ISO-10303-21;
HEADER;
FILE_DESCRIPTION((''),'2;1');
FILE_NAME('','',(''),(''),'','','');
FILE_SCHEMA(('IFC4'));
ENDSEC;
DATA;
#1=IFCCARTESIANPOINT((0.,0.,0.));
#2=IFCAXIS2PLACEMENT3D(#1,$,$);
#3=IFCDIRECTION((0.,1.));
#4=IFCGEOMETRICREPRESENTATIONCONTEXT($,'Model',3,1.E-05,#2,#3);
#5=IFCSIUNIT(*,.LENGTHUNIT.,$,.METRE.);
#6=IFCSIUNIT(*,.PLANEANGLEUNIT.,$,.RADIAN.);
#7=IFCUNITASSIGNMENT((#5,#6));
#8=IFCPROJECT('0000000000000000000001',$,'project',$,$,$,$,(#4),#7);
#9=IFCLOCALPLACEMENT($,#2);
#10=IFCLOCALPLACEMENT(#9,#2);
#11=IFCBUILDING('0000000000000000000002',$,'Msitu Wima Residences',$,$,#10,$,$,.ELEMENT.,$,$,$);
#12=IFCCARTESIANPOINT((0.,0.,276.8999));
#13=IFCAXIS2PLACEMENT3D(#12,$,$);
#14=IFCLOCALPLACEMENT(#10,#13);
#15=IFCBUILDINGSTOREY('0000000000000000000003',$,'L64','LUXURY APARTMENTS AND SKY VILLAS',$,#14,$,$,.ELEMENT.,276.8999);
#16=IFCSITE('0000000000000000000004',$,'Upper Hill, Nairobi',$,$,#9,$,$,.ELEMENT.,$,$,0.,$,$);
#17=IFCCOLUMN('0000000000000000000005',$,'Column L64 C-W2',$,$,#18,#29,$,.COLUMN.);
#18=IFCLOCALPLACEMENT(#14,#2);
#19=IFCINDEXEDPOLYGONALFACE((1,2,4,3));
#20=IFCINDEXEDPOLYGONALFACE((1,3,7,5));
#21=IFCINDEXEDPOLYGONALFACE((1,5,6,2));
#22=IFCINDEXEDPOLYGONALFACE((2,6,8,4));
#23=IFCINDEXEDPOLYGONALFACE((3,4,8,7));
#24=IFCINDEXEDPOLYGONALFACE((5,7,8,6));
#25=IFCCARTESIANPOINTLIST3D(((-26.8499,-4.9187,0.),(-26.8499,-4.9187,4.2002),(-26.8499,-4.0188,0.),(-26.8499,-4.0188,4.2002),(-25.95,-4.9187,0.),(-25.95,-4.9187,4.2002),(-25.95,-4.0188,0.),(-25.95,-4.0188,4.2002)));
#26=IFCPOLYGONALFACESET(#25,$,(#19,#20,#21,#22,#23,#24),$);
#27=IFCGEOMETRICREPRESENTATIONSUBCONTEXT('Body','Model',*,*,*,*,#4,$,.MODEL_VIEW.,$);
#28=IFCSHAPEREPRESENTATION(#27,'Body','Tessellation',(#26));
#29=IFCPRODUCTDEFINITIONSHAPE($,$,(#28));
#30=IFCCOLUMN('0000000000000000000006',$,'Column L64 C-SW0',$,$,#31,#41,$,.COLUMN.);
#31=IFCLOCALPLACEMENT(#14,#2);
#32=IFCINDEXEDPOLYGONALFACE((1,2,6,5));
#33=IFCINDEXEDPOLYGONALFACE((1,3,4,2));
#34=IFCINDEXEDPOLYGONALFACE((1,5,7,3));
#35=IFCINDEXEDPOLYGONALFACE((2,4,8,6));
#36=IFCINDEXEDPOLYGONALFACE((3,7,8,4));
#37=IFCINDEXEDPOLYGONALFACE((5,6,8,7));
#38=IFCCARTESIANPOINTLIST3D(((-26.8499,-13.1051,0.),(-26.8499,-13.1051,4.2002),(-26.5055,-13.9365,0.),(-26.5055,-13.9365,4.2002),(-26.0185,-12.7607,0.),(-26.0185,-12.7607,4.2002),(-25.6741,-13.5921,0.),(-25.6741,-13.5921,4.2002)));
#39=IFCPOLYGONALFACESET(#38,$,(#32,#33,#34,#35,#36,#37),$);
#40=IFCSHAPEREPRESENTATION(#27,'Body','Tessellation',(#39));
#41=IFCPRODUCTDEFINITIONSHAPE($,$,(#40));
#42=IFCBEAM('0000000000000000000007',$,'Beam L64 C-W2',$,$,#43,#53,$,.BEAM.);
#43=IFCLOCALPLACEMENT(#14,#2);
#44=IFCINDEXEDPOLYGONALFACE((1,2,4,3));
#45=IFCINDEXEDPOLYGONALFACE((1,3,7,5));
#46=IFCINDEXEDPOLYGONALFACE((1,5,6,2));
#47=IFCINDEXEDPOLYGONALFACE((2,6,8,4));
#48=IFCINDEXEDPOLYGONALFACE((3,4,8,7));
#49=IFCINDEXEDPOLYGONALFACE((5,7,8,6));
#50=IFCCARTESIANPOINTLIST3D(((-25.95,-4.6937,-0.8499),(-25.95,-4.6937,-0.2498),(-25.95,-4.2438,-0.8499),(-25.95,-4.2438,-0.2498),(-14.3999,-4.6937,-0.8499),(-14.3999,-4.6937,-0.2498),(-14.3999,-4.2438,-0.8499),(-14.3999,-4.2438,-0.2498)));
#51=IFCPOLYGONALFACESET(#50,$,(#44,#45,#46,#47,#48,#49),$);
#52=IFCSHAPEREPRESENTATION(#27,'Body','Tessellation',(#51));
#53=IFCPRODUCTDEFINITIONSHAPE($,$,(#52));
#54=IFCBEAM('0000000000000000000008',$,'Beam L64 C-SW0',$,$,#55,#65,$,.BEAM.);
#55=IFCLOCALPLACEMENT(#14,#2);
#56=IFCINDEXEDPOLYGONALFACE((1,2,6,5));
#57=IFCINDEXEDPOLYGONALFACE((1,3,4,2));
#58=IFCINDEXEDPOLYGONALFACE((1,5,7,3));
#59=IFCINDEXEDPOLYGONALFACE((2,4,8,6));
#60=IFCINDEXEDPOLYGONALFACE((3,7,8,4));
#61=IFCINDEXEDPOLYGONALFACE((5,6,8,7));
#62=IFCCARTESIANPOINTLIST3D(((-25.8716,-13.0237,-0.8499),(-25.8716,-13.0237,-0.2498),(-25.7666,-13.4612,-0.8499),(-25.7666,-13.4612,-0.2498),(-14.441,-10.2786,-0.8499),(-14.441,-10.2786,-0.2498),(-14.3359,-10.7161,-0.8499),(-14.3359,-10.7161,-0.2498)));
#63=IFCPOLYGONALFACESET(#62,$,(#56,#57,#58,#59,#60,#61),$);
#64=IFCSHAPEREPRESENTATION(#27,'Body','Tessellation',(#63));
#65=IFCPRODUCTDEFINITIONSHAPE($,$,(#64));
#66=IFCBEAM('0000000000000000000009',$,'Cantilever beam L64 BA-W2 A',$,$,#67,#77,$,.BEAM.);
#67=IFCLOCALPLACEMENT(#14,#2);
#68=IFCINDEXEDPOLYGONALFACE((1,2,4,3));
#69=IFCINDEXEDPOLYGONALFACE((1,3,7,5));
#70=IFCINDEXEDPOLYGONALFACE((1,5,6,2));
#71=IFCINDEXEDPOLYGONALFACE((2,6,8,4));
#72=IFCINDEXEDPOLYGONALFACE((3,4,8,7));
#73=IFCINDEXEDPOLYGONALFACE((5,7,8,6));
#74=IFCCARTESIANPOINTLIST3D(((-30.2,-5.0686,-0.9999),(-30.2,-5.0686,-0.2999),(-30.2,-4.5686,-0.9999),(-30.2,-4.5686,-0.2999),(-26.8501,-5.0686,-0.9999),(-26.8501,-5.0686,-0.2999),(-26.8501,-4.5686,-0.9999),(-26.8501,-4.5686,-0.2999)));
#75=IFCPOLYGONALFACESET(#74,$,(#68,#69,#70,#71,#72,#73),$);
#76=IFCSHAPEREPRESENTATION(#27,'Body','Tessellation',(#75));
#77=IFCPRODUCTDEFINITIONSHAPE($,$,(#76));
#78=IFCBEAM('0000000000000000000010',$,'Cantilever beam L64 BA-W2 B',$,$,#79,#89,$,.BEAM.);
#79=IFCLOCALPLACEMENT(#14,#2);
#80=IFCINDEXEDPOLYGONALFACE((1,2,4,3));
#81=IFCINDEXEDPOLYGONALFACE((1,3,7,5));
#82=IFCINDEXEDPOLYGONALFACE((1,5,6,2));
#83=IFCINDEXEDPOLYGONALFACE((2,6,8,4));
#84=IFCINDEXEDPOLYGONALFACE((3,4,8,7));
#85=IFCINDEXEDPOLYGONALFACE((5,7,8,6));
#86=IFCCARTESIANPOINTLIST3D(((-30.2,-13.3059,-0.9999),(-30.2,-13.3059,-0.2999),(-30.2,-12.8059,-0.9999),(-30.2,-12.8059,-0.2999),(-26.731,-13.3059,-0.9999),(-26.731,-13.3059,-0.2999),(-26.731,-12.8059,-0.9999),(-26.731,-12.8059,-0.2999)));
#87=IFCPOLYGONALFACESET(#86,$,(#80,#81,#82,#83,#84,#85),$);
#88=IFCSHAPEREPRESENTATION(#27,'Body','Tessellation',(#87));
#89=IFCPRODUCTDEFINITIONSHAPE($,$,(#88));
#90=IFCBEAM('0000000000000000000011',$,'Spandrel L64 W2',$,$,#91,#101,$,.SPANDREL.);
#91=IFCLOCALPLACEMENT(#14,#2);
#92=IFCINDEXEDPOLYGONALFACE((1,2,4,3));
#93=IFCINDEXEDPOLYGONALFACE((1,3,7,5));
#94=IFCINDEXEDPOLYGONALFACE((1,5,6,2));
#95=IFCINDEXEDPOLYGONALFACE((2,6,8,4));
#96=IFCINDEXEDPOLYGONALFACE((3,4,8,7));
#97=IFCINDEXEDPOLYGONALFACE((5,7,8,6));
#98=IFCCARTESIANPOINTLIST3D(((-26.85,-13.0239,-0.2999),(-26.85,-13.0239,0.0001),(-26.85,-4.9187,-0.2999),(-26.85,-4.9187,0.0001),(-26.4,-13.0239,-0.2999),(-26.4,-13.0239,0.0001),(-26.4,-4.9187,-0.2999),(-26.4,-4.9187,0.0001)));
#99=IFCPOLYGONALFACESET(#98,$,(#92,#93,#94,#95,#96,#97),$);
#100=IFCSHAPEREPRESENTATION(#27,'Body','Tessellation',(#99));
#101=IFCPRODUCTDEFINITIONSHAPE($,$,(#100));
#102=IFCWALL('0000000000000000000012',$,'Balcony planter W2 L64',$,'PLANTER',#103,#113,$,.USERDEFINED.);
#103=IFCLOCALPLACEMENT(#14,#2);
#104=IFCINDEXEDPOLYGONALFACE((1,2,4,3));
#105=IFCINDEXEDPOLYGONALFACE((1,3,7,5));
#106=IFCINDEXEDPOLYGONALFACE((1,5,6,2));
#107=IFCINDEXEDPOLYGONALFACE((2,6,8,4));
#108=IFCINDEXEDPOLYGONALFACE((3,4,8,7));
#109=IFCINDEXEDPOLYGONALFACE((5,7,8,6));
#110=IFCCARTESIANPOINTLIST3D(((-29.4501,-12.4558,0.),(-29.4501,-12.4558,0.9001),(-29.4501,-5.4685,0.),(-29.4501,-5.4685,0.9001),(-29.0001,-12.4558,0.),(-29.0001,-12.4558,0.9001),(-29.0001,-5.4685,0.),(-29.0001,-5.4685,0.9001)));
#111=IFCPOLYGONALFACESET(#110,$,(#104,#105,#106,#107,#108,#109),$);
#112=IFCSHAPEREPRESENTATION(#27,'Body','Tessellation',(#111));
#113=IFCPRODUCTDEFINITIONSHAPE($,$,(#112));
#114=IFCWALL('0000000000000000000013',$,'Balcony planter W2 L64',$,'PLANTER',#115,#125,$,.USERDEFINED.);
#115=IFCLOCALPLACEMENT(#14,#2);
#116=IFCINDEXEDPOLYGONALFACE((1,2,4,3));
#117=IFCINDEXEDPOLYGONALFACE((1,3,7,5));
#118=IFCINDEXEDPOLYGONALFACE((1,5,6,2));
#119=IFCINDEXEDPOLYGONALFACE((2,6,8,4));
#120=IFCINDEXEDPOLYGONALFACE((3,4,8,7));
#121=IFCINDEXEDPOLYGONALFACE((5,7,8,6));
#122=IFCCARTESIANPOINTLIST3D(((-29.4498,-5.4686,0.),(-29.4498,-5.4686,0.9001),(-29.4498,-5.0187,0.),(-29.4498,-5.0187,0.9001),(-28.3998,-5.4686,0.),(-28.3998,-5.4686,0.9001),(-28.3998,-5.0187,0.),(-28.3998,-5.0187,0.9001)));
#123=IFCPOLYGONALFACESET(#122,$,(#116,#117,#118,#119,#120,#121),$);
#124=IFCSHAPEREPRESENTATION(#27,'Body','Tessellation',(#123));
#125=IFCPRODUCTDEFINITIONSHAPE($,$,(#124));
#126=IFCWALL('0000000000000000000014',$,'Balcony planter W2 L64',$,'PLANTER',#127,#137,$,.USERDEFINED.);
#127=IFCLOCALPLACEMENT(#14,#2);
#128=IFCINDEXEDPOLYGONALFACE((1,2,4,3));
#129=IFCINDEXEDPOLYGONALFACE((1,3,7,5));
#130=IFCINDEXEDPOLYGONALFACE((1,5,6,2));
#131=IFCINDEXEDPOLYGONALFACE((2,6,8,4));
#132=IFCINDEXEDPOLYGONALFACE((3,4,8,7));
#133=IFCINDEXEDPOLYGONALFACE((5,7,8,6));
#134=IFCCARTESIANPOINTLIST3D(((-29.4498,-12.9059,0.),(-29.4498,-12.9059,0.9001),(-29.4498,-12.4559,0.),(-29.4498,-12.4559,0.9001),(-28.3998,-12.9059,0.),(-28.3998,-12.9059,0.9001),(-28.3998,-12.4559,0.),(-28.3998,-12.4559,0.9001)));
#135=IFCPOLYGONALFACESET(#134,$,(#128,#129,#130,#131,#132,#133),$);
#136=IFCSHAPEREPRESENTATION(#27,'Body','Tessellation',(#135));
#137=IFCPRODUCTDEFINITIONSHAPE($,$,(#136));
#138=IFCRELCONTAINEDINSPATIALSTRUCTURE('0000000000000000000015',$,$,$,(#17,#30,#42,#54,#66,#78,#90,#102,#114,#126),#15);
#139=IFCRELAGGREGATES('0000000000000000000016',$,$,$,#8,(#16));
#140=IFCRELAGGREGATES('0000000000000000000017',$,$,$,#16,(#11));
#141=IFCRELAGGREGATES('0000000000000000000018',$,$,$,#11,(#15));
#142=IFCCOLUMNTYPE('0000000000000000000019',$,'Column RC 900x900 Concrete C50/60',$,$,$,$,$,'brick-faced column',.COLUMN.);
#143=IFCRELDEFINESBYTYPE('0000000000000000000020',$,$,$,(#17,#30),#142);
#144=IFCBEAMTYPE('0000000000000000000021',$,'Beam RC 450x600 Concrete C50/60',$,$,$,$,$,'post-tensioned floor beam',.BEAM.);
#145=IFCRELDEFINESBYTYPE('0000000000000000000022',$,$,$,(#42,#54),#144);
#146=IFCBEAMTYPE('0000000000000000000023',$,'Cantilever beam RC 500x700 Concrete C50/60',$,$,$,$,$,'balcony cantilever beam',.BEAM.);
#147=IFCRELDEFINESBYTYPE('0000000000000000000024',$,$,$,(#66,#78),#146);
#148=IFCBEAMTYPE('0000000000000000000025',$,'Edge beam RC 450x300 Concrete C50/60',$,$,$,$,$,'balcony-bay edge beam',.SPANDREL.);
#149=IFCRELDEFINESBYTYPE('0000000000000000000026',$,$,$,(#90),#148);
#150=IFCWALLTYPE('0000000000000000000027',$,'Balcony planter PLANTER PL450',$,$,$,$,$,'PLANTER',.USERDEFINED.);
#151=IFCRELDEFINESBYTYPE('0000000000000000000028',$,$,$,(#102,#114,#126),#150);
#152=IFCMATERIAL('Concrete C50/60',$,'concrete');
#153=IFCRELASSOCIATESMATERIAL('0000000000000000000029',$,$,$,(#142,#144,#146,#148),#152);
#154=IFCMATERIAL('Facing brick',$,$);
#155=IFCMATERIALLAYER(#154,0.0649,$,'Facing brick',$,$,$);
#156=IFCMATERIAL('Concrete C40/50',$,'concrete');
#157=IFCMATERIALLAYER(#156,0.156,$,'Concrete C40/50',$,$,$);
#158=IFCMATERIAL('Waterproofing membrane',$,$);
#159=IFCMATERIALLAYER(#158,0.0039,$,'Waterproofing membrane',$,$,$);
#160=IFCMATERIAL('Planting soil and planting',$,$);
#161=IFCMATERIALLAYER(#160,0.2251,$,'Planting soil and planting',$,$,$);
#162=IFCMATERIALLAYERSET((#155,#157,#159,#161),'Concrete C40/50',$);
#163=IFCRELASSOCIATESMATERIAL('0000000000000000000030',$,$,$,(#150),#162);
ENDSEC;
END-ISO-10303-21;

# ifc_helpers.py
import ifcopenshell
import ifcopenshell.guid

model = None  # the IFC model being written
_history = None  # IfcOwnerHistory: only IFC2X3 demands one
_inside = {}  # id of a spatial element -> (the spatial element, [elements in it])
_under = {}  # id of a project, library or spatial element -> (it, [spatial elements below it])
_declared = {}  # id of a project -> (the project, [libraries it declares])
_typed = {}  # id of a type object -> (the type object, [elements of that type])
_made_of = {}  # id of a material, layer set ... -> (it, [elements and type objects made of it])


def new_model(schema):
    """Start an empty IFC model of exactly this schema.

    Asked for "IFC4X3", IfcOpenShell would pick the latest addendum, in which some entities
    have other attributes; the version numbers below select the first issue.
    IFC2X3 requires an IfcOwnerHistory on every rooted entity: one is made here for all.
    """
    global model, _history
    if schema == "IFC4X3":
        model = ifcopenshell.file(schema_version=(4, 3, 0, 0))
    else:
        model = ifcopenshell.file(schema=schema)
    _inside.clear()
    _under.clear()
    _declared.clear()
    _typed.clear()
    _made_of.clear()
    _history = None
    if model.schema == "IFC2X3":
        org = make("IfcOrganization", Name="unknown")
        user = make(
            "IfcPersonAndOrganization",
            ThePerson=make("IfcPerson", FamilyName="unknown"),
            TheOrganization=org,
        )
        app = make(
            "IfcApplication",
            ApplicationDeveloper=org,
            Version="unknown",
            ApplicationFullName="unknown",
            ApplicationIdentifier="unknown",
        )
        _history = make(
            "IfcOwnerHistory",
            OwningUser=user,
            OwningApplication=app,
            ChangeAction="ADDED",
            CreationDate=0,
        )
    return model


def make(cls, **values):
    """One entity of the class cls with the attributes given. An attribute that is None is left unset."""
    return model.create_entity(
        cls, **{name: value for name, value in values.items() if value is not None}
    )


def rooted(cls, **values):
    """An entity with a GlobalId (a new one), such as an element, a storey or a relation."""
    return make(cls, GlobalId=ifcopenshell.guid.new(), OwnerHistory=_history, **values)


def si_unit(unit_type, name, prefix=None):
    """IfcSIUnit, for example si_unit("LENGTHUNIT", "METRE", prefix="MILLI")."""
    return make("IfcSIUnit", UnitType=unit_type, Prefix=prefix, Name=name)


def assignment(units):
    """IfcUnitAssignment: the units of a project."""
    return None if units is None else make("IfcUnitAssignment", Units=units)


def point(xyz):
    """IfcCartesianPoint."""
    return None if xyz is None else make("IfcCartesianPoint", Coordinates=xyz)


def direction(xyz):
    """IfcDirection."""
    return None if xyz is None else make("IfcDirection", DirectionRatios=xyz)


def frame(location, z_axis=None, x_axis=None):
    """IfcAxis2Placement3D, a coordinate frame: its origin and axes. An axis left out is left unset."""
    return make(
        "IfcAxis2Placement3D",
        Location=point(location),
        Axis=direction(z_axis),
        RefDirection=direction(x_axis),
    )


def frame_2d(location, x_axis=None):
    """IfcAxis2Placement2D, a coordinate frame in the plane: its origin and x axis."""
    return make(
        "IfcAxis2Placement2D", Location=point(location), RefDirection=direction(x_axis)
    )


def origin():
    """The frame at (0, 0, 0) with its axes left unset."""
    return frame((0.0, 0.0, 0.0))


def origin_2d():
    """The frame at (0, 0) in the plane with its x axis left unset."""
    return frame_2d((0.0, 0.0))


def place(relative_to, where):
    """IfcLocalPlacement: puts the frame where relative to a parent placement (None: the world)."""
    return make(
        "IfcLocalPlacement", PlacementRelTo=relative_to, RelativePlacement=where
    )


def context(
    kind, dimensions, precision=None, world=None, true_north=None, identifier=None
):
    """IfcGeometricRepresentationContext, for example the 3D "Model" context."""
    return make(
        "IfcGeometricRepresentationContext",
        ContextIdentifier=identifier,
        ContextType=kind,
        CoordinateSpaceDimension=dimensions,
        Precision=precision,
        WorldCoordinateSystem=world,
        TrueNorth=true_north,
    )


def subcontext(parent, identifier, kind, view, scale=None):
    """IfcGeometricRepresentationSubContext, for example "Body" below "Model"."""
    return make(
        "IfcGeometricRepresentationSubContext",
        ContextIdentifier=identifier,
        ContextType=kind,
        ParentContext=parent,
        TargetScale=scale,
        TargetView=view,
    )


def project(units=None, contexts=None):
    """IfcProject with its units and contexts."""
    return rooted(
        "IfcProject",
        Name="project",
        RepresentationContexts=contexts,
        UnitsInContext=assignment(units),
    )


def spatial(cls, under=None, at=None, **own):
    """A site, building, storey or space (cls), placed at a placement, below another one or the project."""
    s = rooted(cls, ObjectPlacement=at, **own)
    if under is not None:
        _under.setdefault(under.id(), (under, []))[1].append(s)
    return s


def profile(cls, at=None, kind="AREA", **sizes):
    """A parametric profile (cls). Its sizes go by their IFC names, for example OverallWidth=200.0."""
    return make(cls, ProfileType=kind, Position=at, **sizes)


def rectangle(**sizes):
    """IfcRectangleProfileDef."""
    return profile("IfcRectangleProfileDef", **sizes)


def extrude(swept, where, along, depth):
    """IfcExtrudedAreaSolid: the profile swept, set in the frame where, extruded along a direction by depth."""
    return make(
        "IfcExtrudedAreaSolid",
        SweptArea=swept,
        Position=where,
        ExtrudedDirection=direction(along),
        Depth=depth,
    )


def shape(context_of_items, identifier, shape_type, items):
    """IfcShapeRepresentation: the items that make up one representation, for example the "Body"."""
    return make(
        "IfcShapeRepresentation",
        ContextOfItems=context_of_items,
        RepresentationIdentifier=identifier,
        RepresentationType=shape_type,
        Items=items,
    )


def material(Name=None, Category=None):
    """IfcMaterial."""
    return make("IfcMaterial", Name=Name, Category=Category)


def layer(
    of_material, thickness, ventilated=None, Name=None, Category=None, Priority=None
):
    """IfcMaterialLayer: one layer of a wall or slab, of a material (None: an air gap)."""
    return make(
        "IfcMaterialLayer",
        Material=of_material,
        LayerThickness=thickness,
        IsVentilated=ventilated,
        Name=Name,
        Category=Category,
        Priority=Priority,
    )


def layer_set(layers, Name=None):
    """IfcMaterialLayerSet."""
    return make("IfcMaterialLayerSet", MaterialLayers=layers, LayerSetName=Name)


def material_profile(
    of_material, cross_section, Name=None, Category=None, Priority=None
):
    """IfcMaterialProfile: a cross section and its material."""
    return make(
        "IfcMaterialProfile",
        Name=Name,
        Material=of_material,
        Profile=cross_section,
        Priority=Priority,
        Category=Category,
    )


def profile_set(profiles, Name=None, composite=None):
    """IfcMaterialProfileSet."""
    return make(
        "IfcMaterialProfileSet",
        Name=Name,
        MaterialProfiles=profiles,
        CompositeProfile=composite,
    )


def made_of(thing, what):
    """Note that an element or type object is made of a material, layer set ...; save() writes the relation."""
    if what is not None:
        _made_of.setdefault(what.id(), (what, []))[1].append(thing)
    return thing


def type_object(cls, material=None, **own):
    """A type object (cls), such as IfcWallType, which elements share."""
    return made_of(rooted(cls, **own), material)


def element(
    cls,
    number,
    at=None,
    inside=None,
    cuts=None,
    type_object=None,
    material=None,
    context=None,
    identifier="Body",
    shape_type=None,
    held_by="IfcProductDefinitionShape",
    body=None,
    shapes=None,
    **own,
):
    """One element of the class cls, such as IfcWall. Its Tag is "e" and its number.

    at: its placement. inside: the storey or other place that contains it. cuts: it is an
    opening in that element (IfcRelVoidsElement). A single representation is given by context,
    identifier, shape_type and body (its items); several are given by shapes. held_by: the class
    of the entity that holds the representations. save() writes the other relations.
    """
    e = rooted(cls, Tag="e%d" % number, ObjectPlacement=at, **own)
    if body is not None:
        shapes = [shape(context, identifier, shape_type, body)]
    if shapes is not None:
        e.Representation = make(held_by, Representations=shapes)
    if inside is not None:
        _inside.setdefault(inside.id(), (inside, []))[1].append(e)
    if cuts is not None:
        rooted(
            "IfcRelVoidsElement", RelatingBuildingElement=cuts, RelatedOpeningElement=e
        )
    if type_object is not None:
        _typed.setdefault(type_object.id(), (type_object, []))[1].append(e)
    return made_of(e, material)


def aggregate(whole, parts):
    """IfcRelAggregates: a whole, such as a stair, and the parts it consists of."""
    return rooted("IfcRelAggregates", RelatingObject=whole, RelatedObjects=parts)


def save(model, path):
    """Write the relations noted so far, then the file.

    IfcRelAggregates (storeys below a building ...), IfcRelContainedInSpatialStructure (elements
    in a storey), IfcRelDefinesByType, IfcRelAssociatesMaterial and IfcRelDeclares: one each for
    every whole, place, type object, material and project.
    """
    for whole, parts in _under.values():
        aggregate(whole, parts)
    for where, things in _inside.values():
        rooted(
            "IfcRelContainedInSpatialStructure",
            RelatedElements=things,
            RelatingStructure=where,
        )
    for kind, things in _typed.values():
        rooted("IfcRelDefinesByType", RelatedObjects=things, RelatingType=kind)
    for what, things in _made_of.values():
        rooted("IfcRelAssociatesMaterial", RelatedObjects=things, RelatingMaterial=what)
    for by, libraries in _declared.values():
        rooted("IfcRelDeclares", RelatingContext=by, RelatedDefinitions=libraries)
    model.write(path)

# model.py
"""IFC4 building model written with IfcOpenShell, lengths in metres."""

from ifc_helpers import new_model, si_unit, direction, frame, frame_2d, origin, origin_2d, place, context, subcontext, project, spatial, rectangle, extrude, material, layer, layer_set, material_profile, profile_set, type_object, element, save


model = new_model("IFC4")

# Units and contexts
model_context = context("Model", 3, precision=1e-05, world=origin(), true_north=direction((0.0, 1.0)))
body_context = subcontext(model_context, "Body", "Model", "MODEL_VIEW")
ifc_project = project(units=[si_unit("LENGTHUNIT", "METRE"), si_unit("PLANEANGLEUNIT", "RADIAN")], contexts=[model_context])

# Site, building, storey
site_placement = place(None, origin())
site = spatial("IfcSite", under=ifc_project, at=site_placement, Name="Upper Hill, Nairobi", CompositionType="ELEMENT", RefElevation=0.0)
building_placement = place(site_placement, origin())
building = spatial("IfcBuilding", under=site, at=building_placement, Name="Msitu Wima Residences", CompositionType="ELEMENT")
storey_placement = place(building_placement, frame((0.0, 0.0, 276.8999)))
storey = spatial("IfcBuildingStorey", under=building, at=storey_placement, Name="L64", Description="LUXURY APARTMENTS AND SKY VILLAS", CompositionType="ELEMENT", Elevation=276.8999)

# Columns
ifc_material_1 = material(Name="Concrete C50/60", Category="concrete")
ifc_material_profile_1 = material_profile(ifc_material_1, rectangle(XDim=0.8999, YDim=0.8999, at=origin_2d()), Name="RC 900x900")
ifc_profile_set_1 = profile_set([ifc_material_profile_1], Name="Concrete C50/60")
column_type = type_object("IfcColumnType", Name="Column RC 900x900 Concrete C50/60", ElementType="brick-faced column", PredefinedType="COLUMN", material=ifc_profile_set_1)
for number, where, z_axis, x_axis, name in (
    (1, (-26.3999, -4.4688, 0.0), (0.0, 0.0, 1.0), (0.0, -1.0, 0.0), "Column L64 C-W2"),
    (2, (-26.262, -13.3486, 0.0), (0.0, 0.0, 1.0), (0.382683, -0.92388, 0.0), "Column L64 C-SW0"),
):
    element("IfcColumn", number, at=place(storey_placement, frame(where, z_axis=z_axis, x_axis=x_axis)), inside=storey, type_object=column_type, Name=name, PredefinedType="COLUMN", context=body_context, shape_type="SweptSolid", body=[
        extrude(rectangle(XDim=0.8999, YDim=0.8999, at=origin_2d()), origin(), (0.0, 0.0, 1.0), 4.2002),
    ])

# Beams
ifc_material_profile_2 = material_profile(ifc_material_1, rectangle(XDim=0.45, YDim=0.6001, at=origin_2d()), Name="RC 450x600")
ifc_profile_set_2 = profile_set([ifc_material_profile_2], Name="Concrete C50/60")
beam_type_1 = type_object("IfcBeamType", Name="Beam RC 450x600 Concrete C50/60", ElementType="post-tensioned floor beam", PredefinedType="BEAM", material=ifc_profile_set_2)
beam_1_placement = place(storey_placement, frame((-25.95, -4.4688, -0.5498), z_axis=(1.0, 0.0, 0.0), x_axis=(0.0, 1.0, 0.0)))
element("IfcBeam", 3, at=beam_1_placement, inside=storey, type_object=beam_type_1, Name="Beam L64 C-W2", PredefinedType="BEAM", context=body_context, shape_type="SweptSolid", body=[
    extrude(rectangle(XDim=0.45, YDim=0.6001, at=origin_2d()), origin(), (0.0, 0.0, 1.0), 11.55),
])
beam_2_placement = place(storey_placement, frame((-25.8191, -13.2424, -0.5498), z_axis=(0.972353, 0.233514, 0.0), x_axis=(-0.233514, 0.972353, 0.0)))
element("IfcBeam", 4, at=beam_2_placement, inside=storey, type_object=beam_type_1, Name="Beam L64 C-SW0", PredefinedType="BEAM", context=body_context, shape_type="SweptSolid", body=[
    extrude(rectangle(XDim=0.45, YDim=0.6001, at=origin_2d()), origin(), (0.0, 0.0, 1.0), 11.7556),
])
ifc_material_profile_3 = material_profile(ifc_material_1, rectangle(XDim=0.5, YDim=0.7, at=origin_2d()), Name="RC 500x700")
ifc_profile_set_3 = profile_set([ifc_material_profile_3], Name="Concrete C50/60")
beam_type_2 = type_object("IfcBeamType", Name="Cantilever beam RC 500x700 Concrete C50/60", ElementType="balcony cantilever beam", PredefinedType="BEAM", material=ifc_profile_set_3)
beam_3_placement = place(storey_placement, frame((-26.8501, -4.8186, -0.6499), z_axis=(-1.0, 0.0, 0.0), x_axis=(0.0, -1.0, 0.0)))
element("IfcBeam", 5, at=beam_3_placement, inside=storey, type_object=beam_type_2, Name="Cantilever beam L64 BA-W2 A", PredefinedType="BEAM", context=body_context, shape_type="SweptSolid", body=[
    extrude(rectangle(XDim=0.5, YDim=0.7, at=origin_2d()), origin(), (0.0, 0.0, 1.0), 3.3499),
])
beam_4_placement = place(storey_placement, frame((-26.731, -13.0559, -0.6499), z_axis=(-1.0, 0.0, 0.0), x_axis=(0.0, -1.0, 0.0)))
element("IfcBeam", 6, at=beam_4_placement, inside=storey, type_object=beam_type_2, Name="Cantilever beam L64 BA-W2 B", PredefinedType="BEAM", context=body_context, shape_type="SweptSolid", body=[
    extrude(rectangle(XDim=0.5, YDim=0.7, at=origin_2d()), origin(), (0.0, 0.0, 1.0), 3.469),
])
ifc_material_profile_4 = material_profile(ifc_material_1, rectangle(XDim=0.45, YDim=0.3, at=origin_2d()), Name="RC 450x300")
ifc_profile_set_4 = profile_set([ifc_material_profile_4], Name="Concrete C50/60")
beam_type_3 = type_object("IfcBeamType", Name="Edge beam RC 450x300 Concrete C50/60", ElementType="balcony-bay edge beam", PredefinedType="SPANDREL", material=ifc_profile_set_4)
beam_5_placement = place(storey_placement, frame((-26.625, -4.9187, -0.1499), z_axis=(0.0, -1.0, 0.0), x_axis=(1.0, 0.0, 0.0)))
element("IfcBeam", 7, at=beam_5_placement, inside=storey, type_object=beam_type_3, Name="Spandrel L64 W2", PredefinedType="SPANDREL", context=body_context, shape_type="SweptSolid", body=[
    extrude(rectangle(XDim=0.45, YDim=0.3, at=origin_2d()), origin(), (0.0, 0.0, 1.0), 8.1052),
])

# Walls
ifc_material_2 = material(Name="Facing brick")
ifc_layer_1 = layer(ifc_material_2, 0.0649, Name="Facing brick")
ifc_material_3 = material(Name="Concrete C40/50", Category="concrete")
ifc_layer_2 = layer(ifc_material_3, 0.156, Name="Concrete C40/50")
ifc_material_4 = material(Name="Waterproofing membrane")
ifc_layer_3 = layer(ifc_material_4, 0.0039, Name="Waterproofing membrane")
ifc_material_5 = material(Name="Planting soil and planting")
ifc_layer_4 = layer(ifc_material_5, 0.2251, Name="Planting soil and planting")
ifc_layer_set_1 = layer_set([ifc_layer_1, ifc_layer_2, ifc_layer_3, ifc_layer_4], Name="Concrete C40/50")
wall_type_1 = type_object("IfcWallType", Name="Balcony planter PLANTER PL450", ElementType="PLANTER", PredefinedType="USERDEFINED", material=ifc_layer_set_1)
wall_1_placement = place(storey_placement, frame((-29.2251, -5.4685, 0.0), z_axis=(0.0, 0.0, 1.0), x_axis=(0.0, -1.0, 0.0)))
element("IfcWall", 8, at=wall_1_placement, inside=storey, type_object=wall_type_1, Name="Balcony planter W2 L64", ObjectType="PLANTER", PredefinedType="USERDEFINED", context=body_context, shape_type="SweptSolid", body=[
    extrude(rectangle(XDim=6.9873, YDim=0.45, at=frame_2d((3.4937, 0.0))), origin(), (0.0, 0.0, 1.0), 0.9001),
])
for number, where, z_axis, x_axis, name in (
    (9, (-28.3999, -5.2437, 0.0), (0.0, 0.0, 1.0), (-1.0, 0.0, 0.0), "Balcony planter W2 L64"),
    (10, (-28.3999, -12.6809, 0.0), (0.0, 0.0, 1.0), (-1.0, 0.0, 0.0), "Balcony planter W2 L64"),
):
    element("IfcWall", number, at=place(storey_placement, frame(where, z_axis=z_axis, x_axis=x_axis)), inside=storey, type_object=wall_type_1, Name=name, ObjectType="PLANTER", PredefinedType="USERDEFINED", context=body_context, shape_type="SweptSolid", body=[
        extrude(rectangle(XDim=1.05, YDim=0.45, at=frame_2d((0.5249, 0.0))), origin(), (0.0, 0.0, 1.0), 0.9001),
    ])

save(model, "model.ifc")
